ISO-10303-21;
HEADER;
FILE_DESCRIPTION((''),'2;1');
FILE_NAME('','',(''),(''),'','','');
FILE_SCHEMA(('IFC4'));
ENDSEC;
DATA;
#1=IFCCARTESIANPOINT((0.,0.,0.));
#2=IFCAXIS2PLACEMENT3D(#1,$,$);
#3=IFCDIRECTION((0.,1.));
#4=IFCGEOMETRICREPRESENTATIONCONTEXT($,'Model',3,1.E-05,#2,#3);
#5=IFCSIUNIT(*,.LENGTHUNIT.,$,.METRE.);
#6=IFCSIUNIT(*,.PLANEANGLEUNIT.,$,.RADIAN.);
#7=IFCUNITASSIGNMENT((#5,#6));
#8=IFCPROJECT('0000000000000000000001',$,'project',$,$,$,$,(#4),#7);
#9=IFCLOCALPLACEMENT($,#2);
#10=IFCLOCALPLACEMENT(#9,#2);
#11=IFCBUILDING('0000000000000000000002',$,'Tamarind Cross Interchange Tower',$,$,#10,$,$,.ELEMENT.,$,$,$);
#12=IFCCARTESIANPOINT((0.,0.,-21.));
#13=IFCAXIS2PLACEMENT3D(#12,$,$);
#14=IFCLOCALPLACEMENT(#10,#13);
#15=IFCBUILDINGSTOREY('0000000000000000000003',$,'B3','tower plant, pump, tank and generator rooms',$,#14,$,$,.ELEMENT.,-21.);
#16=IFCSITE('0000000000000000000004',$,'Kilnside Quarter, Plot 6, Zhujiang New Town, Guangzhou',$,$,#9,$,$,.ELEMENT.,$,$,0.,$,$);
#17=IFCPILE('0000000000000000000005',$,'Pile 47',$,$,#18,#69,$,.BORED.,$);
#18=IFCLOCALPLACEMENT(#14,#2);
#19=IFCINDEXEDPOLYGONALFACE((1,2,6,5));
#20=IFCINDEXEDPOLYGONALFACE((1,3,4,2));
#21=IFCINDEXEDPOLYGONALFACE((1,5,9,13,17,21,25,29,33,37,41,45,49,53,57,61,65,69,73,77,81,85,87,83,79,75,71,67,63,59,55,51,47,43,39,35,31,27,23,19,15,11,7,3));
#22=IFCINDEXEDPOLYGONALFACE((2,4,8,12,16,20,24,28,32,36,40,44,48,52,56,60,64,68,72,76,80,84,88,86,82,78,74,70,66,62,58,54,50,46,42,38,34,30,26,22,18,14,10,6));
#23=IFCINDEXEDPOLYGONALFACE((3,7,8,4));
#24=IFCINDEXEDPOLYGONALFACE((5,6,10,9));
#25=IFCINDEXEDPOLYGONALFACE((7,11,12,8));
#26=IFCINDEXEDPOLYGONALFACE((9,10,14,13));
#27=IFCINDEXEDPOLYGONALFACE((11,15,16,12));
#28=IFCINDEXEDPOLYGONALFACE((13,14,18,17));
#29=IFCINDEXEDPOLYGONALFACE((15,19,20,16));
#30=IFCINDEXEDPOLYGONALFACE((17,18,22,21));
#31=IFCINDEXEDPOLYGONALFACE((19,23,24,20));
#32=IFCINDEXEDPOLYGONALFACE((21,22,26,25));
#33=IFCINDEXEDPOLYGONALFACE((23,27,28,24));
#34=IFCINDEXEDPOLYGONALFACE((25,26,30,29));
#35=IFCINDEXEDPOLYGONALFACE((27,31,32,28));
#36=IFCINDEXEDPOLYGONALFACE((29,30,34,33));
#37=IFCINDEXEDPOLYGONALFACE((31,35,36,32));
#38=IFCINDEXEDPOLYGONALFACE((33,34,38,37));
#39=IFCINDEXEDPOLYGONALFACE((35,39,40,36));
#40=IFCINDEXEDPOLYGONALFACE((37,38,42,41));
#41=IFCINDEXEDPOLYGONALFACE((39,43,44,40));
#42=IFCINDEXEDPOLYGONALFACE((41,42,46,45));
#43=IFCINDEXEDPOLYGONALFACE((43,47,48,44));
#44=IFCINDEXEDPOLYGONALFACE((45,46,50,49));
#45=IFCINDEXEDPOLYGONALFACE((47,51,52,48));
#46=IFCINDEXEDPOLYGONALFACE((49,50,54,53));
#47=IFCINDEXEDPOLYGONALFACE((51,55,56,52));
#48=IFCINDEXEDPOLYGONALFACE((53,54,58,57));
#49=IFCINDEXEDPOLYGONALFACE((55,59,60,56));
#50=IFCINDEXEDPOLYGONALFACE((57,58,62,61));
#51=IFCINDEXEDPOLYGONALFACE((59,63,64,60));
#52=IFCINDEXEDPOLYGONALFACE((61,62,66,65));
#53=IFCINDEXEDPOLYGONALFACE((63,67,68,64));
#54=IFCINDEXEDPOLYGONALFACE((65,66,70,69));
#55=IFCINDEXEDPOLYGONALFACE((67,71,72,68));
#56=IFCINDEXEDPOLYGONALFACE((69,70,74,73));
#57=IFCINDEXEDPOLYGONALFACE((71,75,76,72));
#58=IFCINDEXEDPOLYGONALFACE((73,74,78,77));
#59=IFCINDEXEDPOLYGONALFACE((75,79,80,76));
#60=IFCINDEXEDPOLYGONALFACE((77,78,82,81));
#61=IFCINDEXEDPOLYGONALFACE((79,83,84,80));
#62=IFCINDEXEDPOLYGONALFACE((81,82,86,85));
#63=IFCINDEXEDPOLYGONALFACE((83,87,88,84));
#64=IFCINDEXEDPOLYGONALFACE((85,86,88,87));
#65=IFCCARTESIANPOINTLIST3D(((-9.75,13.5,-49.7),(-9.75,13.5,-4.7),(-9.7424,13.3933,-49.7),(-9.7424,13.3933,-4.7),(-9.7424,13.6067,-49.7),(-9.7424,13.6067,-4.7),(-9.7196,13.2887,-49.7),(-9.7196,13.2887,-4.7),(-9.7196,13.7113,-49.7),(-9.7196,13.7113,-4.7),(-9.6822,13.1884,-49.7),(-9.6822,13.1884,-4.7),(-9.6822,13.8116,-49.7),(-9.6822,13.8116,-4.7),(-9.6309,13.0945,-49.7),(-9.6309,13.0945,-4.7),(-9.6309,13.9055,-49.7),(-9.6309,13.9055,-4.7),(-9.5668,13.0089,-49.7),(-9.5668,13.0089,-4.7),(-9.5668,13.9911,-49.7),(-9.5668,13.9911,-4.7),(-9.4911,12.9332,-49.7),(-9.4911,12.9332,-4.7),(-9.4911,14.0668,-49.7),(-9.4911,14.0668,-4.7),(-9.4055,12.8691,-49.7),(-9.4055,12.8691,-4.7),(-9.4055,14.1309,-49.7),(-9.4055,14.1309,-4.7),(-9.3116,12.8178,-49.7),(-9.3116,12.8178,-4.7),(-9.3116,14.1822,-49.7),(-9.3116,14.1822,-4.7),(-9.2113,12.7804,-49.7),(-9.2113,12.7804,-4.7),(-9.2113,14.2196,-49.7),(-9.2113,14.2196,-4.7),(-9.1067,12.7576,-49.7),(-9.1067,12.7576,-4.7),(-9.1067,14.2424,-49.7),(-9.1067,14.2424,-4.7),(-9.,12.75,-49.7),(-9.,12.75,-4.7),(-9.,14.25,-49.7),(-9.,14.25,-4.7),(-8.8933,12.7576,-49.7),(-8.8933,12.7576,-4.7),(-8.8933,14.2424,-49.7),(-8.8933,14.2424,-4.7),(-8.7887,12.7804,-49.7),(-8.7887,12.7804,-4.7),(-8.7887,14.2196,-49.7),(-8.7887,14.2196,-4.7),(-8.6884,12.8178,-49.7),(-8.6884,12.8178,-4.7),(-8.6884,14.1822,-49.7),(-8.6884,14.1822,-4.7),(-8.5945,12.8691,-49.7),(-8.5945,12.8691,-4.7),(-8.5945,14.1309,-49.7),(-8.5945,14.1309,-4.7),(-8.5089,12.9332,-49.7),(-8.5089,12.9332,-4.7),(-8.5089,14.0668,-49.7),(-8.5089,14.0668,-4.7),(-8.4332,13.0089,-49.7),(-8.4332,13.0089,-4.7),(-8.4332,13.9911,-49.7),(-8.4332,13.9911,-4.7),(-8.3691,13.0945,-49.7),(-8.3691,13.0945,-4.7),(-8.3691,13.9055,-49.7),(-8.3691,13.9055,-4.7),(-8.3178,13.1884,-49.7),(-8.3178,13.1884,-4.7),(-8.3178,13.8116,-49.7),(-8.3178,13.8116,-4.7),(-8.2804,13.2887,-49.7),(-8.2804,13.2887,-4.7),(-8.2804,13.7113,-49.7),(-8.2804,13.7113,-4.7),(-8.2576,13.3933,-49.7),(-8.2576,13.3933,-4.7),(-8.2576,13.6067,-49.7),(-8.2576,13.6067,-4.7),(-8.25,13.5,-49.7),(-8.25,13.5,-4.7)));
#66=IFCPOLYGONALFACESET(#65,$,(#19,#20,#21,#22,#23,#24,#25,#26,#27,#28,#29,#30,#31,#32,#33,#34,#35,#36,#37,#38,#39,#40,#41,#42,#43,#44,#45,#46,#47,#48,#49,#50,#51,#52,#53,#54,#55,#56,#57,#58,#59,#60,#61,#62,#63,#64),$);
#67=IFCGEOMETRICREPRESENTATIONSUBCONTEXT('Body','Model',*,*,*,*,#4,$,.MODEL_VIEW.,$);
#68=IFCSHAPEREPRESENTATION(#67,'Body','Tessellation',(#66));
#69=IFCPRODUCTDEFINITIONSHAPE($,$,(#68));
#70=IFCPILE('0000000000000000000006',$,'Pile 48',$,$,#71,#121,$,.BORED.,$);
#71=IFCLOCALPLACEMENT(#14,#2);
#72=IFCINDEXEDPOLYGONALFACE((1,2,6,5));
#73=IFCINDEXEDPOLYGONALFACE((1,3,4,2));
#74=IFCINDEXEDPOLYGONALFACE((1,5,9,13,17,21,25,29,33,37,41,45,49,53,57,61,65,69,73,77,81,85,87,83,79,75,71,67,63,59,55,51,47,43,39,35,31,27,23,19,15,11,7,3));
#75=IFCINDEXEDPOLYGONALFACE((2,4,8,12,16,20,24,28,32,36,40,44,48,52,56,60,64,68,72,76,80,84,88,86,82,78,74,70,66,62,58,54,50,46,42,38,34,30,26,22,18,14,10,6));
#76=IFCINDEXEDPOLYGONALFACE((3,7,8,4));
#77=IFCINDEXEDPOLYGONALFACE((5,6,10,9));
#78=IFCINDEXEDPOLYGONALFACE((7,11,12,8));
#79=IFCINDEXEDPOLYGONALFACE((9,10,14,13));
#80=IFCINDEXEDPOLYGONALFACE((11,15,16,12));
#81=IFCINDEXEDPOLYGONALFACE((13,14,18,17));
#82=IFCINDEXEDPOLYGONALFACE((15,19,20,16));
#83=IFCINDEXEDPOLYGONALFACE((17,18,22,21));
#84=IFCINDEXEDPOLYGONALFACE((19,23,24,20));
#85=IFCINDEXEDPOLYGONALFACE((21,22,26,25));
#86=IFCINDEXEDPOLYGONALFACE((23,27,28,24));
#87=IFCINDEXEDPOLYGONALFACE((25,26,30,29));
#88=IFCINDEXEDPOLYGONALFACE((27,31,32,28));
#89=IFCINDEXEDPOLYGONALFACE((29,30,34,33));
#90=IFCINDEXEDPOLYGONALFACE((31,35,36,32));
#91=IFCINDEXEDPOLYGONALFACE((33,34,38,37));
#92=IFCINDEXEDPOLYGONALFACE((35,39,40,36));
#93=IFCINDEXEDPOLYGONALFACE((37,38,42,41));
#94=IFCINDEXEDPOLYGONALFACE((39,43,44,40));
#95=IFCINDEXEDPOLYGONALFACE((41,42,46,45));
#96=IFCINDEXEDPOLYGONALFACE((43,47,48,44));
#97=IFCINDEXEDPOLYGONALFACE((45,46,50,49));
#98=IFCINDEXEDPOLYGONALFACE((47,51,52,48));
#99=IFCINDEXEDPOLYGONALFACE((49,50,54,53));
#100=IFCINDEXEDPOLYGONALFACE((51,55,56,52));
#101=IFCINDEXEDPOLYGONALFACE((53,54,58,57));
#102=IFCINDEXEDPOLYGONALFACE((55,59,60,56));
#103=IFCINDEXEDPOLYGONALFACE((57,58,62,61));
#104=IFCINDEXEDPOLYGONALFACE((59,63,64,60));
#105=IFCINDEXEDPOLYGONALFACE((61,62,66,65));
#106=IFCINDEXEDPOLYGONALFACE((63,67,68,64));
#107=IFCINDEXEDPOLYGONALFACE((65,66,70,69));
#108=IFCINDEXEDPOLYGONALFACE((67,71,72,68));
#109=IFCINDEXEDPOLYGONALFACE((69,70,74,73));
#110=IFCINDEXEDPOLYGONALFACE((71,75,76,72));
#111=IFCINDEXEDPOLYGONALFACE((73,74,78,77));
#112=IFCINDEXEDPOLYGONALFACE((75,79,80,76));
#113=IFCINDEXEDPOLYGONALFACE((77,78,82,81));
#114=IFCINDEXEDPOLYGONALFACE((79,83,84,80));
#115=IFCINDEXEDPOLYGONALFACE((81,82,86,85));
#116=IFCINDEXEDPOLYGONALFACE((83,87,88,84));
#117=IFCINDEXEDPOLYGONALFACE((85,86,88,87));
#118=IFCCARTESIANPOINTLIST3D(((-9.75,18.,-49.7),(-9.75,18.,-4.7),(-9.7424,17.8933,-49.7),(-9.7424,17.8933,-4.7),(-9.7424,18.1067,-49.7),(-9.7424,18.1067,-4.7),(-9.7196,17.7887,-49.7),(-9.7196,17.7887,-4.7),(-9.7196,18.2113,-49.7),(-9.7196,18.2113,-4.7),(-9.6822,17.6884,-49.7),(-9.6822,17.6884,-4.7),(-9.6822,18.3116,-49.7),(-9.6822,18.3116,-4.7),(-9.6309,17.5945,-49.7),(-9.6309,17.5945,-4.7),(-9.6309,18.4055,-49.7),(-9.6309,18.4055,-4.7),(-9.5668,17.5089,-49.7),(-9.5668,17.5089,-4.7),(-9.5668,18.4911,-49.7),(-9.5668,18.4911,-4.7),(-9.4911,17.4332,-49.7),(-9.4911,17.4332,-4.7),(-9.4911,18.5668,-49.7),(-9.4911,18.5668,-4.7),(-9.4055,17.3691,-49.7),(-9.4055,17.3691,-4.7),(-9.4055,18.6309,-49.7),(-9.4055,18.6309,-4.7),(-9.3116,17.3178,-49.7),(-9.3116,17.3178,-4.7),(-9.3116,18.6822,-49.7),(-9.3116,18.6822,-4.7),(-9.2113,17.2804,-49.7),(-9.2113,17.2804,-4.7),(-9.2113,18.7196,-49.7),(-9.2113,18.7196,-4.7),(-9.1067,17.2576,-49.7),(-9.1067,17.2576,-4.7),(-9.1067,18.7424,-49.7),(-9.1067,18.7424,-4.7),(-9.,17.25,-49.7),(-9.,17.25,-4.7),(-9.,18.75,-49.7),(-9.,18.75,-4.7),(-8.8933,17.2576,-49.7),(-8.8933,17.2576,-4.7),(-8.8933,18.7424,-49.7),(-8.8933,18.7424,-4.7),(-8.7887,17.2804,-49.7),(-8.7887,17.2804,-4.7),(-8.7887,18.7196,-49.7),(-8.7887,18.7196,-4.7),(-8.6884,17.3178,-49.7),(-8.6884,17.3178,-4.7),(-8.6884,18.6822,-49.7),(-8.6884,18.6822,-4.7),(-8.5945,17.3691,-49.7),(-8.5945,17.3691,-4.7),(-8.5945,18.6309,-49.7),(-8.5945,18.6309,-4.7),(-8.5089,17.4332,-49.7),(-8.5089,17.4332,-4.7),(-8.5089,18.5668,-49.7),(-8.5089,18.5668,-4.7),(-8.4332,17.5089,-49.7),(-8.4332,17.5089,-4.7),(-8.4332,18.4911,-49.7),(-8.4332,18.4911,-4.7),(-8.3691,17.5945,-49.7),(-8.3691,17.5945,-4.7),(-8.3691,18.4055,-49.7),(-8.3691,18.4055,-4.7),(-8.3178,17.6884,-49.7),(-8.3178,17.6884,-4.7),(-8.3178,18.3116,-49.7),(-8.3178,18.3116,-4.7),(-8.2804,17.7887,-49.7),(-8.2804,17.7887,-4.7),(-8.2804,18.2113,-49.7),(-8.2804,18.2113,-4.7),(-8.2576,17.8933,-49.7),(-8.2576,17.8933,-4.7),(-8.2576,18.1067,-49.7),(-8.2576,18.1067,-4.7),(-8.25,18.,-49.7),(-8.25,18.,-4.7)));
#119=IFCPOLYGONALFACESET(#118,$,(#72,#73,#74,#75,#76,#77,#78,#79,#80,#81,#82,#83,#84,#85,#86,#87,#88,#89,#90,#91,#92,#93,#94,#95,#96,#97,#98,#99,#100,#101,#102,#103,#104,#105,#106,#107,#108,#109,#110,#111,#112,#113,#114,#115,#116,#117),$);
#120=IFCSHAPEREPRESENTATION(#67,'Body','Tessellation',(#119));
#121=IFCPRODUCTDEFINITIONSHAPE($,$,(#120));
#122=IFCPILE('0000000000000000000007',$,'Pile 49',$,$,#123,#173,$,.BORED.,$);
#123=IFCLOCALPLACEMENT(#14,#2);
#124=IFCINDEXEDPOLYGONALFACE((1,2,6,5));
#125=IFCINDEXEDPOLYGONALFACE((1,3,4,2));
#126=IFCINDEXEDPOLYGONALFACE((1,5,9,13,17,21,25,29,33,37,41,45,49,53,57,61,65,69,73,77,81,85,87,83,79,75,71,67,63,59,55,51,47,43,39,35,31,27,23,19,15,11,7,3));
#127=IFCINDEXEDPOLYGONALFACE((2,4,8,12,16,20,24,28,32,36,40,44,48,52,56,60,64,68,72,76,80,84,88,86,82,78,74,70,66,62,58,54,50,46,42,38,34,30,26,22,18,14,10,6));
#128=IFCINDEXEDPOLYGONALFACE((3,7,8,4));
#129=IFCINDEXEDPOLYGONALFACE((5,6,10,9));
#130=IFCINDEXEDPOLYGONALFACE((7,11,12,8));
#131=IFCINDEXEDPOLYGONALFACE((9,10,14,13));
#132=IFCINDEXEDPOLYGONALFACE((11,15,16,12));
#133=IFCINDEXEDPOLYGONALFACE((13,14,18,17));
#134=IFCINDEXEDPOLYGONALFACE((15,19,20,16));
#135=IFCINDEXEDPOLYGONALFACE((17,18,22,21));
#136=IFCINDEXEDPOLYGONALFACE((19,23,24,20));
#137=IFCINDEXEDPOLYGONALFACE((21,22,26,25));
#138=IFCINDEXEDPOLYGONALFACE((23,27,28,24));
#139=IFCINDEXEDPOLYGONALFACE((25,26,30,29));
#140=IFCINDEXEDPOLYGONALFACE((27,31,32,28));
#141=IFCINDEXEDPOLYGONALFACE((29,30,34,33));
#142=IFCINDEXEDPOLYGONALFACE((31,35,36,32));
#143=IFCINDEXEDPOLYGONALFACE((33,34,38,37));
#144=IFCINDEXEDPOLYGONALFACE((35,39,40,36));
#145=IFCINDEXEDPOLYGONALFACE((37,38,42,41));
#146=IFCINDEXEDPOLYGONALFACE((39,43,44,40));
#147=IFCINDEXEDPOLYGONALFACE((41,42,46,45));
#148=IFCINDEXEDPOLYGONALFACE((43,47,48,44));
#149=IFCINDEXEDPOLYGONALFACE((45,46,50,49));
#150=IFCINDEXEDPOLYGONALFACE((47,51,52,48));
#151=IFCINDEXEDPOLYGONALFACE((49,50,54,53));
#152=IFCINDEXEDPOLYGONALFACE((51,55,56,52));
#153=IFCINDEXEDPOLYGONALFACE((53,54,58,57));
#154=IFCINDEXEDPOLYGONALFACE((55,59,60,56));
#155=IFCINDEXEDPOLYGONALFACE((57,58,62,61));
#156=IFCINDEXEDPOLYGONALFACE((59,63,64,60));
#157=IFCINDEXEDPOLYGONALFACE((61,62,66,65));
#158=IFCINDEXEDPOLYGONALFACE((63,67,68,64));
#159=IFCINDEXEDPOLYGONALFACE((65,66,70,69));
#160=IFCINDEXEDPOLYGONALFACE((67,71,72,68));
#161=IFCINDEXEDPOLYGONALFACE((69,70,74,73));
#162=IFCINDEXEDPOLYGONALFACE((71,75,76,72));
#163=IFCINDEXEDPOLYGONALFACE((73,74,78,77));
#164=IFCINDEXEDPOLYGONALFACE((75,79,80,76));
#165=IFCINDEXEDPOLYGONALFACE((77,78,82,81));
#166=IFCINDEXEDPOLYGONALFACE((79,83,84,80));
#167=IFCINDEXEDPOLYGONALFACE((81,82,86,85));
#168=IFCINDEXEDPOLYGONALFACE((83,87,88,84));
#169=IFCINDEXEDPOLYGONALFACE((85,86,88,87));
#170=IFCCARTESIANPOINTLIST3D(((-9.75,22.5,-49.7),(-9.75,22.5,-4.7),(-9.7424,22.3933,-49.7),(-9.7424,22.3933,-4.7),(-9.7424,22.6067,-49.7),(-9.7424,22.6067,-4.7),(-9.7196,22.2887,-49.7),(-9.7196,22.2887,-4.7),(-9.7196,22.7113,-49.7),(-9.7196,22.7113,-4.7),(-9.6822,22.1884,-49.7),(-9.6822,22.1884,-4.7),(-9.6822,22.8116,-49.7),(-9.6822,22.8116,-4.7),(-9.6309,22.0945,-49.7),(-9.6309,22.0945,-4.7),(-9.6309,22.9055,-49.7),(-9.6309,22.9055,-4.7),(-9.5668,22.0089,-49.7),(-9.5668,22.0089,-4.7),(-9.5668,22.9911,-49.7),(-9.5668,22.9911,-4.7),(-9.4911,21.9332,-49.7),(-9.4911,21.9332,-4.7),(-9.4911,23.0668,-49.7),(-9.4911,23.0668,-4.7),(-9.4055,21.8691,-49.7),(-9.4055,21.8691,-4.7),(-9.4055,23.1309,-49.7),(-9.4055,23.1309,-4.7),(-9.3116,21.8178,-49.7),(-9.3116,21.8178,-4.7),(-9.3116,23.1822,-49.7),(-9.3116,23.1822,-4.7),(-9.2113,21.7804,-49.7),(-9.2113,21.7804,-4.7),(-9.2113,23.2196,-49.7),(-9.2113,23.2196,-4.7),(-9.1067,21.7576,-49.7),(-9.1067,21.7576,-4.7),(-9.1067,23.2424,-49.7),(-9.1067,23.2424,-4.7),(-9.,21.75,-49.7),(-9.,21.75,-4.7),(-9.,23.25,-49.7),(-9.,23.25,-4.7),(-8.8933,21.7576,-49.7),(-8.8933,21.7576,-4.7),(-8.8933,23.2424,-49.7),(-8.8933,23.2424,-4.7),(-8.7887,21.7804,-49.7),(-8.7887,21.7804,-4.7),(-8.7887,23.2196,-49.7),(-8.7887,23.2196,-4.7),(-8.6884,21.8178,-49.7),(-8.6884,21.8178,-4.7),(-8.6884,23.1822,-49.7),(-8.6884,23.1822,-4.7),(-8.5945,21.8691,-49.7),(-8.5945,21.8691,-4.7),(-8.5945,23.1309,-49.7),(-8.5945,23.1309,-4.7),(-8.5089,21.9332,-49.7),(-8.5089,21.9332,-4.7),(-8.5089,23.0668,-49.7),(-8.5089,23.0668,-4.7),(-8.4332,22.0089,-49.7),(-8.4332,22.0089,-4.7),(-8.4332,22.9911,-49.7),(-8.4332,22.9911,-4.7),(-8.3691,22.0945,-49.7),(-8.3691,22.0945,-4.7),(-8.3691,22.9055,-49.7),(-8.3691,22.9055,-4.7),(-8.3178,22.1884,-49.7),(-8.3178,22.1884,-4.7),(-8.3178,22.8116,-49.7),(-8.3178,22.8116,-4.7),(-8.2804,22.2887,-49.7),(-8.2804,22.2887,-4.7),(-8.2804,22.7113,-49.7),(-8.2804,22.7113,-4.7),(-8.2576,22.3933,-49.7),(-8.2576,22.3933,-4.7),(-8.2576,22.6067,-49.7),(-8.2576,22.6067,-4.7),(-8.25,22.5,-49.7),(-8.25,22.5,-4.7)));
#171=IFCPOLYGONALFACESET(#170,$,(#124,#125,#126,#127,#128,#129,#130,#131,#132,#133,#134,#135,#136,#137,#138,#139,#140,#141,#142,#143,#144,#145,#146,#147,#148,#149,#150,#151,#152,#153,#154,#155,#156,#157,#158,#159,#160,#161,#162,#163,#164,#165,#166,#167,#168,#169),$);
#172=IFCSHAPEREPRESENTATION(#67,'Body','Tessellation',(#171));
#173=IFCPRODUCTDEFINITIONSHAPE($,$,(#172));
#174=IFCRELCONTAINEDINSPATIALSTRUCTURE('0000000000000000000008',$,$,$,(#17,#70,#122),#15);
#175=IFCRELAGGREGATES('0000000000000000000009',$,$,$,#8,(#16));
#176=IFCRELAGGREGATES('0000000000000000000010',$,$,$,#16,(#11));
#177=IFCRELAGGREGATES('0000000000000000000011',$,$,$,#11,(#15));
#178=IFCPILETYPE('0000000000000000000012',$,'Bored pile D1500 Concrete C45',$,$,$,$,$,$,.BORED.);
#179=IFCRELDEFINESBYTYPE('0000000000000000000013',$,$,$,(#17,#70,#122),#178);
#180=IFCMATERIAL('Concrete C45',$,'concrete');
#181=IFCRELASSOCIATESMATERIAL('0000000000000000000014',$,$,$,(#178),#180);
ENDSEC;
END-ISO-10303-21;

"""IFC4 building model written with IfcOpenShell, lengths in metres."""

from ifc_helpers import new_model, si_unit, direction, frame, origin, origin_2d, place, context, subcontext, project, spatial, circle, extrude, material, material_profile, profile_set, type_object, element, save


model = new_model("IFC4")

# Units and contexts
model_context = context("Model", 3, precision=1e-05, world=origin(), true_north=direction((0.0, 1.0)))
body_context = subcontext(model_context, "Body", "Model", "MODEL_VIEW")
ifc_project = project(units=[si_unit("LENGTHUNIT", "METRE"), si_unit("PLANEANGLEUNIT", "RADIAN")], contexts=[model_context])

# Site, building, storey
site_placement = place(None, origin())
site = spatial("IfcSite", under=ifc_project, at=site_placement, Name="Kilnside Quarter, Plot 6, Zhujiang New Town, Guangzhou", CompositionType="ELEMENT", RefElevation=0.0)
building_placement = place(site_placement, origin())
building = spatial("IfcBuilding", under=site, at=building_placement, Name="Tamarind Cross Interchange Tower", CompositionType="ELEMENT")
storey_placement = place(building_placement, frame((0.0, 0.0, -21.0)))
storey = spatial("IfcBuildingStorey", under=building, at=storey_placement, Name="B3", Description="tower plant, pump, tank and generator rooms", CompositionType="ELEMENT", Elevation=-21.0)

# Piles
ifc_material_1 = material(Name="Concrete C45", Category="concrete")
ifc_material_profile_1 = material_profile(ifc_material_1, circle(Radius=0.75, at=origin_2d()), Name="RC D1500")
ifc_profile_set_1 = profile_set([ifc_material_profile_1], Name="Concrete C45")
pile_type = type_object("IfcPileType", Name="Bored pile D1500 Concrete C45", PredefinedType="BORED", material=ifc_profile_set_1)
for number, where, z_axis, x_axis, name in (
    (1, (-9.0, 13.5, -4.7), (0.0, 0.0, -1.0), (1.0, 0.0, 0.0), "Pile 47"),
    (2, (-9.0, 18.0, -4.7), (0.0, 0.0, -1.0), (1.0, 0.0, 0.0), "Pile 48"),
    (3, (-9.0, 22.5, -4.7), (0.0, 0.0, -1.0), (1.0, 0.0, 0.0), "Pile 49"),
):
    element("IfcPile", number, at=place(storey_placement, frame(where, z_axis=z_axis, x_axis=x_axis)), inside=storey, type_object=pile_type, Name=name, PredefinedType="BORED", context=body_context, shape_type="SweptSolid", body=[
        extrude(circle(Radius=0.75, at=origin_2d()), origin(), (0.0, 0.0, 1.0), 45.0),
    ])

save(model, "model.ifc")
